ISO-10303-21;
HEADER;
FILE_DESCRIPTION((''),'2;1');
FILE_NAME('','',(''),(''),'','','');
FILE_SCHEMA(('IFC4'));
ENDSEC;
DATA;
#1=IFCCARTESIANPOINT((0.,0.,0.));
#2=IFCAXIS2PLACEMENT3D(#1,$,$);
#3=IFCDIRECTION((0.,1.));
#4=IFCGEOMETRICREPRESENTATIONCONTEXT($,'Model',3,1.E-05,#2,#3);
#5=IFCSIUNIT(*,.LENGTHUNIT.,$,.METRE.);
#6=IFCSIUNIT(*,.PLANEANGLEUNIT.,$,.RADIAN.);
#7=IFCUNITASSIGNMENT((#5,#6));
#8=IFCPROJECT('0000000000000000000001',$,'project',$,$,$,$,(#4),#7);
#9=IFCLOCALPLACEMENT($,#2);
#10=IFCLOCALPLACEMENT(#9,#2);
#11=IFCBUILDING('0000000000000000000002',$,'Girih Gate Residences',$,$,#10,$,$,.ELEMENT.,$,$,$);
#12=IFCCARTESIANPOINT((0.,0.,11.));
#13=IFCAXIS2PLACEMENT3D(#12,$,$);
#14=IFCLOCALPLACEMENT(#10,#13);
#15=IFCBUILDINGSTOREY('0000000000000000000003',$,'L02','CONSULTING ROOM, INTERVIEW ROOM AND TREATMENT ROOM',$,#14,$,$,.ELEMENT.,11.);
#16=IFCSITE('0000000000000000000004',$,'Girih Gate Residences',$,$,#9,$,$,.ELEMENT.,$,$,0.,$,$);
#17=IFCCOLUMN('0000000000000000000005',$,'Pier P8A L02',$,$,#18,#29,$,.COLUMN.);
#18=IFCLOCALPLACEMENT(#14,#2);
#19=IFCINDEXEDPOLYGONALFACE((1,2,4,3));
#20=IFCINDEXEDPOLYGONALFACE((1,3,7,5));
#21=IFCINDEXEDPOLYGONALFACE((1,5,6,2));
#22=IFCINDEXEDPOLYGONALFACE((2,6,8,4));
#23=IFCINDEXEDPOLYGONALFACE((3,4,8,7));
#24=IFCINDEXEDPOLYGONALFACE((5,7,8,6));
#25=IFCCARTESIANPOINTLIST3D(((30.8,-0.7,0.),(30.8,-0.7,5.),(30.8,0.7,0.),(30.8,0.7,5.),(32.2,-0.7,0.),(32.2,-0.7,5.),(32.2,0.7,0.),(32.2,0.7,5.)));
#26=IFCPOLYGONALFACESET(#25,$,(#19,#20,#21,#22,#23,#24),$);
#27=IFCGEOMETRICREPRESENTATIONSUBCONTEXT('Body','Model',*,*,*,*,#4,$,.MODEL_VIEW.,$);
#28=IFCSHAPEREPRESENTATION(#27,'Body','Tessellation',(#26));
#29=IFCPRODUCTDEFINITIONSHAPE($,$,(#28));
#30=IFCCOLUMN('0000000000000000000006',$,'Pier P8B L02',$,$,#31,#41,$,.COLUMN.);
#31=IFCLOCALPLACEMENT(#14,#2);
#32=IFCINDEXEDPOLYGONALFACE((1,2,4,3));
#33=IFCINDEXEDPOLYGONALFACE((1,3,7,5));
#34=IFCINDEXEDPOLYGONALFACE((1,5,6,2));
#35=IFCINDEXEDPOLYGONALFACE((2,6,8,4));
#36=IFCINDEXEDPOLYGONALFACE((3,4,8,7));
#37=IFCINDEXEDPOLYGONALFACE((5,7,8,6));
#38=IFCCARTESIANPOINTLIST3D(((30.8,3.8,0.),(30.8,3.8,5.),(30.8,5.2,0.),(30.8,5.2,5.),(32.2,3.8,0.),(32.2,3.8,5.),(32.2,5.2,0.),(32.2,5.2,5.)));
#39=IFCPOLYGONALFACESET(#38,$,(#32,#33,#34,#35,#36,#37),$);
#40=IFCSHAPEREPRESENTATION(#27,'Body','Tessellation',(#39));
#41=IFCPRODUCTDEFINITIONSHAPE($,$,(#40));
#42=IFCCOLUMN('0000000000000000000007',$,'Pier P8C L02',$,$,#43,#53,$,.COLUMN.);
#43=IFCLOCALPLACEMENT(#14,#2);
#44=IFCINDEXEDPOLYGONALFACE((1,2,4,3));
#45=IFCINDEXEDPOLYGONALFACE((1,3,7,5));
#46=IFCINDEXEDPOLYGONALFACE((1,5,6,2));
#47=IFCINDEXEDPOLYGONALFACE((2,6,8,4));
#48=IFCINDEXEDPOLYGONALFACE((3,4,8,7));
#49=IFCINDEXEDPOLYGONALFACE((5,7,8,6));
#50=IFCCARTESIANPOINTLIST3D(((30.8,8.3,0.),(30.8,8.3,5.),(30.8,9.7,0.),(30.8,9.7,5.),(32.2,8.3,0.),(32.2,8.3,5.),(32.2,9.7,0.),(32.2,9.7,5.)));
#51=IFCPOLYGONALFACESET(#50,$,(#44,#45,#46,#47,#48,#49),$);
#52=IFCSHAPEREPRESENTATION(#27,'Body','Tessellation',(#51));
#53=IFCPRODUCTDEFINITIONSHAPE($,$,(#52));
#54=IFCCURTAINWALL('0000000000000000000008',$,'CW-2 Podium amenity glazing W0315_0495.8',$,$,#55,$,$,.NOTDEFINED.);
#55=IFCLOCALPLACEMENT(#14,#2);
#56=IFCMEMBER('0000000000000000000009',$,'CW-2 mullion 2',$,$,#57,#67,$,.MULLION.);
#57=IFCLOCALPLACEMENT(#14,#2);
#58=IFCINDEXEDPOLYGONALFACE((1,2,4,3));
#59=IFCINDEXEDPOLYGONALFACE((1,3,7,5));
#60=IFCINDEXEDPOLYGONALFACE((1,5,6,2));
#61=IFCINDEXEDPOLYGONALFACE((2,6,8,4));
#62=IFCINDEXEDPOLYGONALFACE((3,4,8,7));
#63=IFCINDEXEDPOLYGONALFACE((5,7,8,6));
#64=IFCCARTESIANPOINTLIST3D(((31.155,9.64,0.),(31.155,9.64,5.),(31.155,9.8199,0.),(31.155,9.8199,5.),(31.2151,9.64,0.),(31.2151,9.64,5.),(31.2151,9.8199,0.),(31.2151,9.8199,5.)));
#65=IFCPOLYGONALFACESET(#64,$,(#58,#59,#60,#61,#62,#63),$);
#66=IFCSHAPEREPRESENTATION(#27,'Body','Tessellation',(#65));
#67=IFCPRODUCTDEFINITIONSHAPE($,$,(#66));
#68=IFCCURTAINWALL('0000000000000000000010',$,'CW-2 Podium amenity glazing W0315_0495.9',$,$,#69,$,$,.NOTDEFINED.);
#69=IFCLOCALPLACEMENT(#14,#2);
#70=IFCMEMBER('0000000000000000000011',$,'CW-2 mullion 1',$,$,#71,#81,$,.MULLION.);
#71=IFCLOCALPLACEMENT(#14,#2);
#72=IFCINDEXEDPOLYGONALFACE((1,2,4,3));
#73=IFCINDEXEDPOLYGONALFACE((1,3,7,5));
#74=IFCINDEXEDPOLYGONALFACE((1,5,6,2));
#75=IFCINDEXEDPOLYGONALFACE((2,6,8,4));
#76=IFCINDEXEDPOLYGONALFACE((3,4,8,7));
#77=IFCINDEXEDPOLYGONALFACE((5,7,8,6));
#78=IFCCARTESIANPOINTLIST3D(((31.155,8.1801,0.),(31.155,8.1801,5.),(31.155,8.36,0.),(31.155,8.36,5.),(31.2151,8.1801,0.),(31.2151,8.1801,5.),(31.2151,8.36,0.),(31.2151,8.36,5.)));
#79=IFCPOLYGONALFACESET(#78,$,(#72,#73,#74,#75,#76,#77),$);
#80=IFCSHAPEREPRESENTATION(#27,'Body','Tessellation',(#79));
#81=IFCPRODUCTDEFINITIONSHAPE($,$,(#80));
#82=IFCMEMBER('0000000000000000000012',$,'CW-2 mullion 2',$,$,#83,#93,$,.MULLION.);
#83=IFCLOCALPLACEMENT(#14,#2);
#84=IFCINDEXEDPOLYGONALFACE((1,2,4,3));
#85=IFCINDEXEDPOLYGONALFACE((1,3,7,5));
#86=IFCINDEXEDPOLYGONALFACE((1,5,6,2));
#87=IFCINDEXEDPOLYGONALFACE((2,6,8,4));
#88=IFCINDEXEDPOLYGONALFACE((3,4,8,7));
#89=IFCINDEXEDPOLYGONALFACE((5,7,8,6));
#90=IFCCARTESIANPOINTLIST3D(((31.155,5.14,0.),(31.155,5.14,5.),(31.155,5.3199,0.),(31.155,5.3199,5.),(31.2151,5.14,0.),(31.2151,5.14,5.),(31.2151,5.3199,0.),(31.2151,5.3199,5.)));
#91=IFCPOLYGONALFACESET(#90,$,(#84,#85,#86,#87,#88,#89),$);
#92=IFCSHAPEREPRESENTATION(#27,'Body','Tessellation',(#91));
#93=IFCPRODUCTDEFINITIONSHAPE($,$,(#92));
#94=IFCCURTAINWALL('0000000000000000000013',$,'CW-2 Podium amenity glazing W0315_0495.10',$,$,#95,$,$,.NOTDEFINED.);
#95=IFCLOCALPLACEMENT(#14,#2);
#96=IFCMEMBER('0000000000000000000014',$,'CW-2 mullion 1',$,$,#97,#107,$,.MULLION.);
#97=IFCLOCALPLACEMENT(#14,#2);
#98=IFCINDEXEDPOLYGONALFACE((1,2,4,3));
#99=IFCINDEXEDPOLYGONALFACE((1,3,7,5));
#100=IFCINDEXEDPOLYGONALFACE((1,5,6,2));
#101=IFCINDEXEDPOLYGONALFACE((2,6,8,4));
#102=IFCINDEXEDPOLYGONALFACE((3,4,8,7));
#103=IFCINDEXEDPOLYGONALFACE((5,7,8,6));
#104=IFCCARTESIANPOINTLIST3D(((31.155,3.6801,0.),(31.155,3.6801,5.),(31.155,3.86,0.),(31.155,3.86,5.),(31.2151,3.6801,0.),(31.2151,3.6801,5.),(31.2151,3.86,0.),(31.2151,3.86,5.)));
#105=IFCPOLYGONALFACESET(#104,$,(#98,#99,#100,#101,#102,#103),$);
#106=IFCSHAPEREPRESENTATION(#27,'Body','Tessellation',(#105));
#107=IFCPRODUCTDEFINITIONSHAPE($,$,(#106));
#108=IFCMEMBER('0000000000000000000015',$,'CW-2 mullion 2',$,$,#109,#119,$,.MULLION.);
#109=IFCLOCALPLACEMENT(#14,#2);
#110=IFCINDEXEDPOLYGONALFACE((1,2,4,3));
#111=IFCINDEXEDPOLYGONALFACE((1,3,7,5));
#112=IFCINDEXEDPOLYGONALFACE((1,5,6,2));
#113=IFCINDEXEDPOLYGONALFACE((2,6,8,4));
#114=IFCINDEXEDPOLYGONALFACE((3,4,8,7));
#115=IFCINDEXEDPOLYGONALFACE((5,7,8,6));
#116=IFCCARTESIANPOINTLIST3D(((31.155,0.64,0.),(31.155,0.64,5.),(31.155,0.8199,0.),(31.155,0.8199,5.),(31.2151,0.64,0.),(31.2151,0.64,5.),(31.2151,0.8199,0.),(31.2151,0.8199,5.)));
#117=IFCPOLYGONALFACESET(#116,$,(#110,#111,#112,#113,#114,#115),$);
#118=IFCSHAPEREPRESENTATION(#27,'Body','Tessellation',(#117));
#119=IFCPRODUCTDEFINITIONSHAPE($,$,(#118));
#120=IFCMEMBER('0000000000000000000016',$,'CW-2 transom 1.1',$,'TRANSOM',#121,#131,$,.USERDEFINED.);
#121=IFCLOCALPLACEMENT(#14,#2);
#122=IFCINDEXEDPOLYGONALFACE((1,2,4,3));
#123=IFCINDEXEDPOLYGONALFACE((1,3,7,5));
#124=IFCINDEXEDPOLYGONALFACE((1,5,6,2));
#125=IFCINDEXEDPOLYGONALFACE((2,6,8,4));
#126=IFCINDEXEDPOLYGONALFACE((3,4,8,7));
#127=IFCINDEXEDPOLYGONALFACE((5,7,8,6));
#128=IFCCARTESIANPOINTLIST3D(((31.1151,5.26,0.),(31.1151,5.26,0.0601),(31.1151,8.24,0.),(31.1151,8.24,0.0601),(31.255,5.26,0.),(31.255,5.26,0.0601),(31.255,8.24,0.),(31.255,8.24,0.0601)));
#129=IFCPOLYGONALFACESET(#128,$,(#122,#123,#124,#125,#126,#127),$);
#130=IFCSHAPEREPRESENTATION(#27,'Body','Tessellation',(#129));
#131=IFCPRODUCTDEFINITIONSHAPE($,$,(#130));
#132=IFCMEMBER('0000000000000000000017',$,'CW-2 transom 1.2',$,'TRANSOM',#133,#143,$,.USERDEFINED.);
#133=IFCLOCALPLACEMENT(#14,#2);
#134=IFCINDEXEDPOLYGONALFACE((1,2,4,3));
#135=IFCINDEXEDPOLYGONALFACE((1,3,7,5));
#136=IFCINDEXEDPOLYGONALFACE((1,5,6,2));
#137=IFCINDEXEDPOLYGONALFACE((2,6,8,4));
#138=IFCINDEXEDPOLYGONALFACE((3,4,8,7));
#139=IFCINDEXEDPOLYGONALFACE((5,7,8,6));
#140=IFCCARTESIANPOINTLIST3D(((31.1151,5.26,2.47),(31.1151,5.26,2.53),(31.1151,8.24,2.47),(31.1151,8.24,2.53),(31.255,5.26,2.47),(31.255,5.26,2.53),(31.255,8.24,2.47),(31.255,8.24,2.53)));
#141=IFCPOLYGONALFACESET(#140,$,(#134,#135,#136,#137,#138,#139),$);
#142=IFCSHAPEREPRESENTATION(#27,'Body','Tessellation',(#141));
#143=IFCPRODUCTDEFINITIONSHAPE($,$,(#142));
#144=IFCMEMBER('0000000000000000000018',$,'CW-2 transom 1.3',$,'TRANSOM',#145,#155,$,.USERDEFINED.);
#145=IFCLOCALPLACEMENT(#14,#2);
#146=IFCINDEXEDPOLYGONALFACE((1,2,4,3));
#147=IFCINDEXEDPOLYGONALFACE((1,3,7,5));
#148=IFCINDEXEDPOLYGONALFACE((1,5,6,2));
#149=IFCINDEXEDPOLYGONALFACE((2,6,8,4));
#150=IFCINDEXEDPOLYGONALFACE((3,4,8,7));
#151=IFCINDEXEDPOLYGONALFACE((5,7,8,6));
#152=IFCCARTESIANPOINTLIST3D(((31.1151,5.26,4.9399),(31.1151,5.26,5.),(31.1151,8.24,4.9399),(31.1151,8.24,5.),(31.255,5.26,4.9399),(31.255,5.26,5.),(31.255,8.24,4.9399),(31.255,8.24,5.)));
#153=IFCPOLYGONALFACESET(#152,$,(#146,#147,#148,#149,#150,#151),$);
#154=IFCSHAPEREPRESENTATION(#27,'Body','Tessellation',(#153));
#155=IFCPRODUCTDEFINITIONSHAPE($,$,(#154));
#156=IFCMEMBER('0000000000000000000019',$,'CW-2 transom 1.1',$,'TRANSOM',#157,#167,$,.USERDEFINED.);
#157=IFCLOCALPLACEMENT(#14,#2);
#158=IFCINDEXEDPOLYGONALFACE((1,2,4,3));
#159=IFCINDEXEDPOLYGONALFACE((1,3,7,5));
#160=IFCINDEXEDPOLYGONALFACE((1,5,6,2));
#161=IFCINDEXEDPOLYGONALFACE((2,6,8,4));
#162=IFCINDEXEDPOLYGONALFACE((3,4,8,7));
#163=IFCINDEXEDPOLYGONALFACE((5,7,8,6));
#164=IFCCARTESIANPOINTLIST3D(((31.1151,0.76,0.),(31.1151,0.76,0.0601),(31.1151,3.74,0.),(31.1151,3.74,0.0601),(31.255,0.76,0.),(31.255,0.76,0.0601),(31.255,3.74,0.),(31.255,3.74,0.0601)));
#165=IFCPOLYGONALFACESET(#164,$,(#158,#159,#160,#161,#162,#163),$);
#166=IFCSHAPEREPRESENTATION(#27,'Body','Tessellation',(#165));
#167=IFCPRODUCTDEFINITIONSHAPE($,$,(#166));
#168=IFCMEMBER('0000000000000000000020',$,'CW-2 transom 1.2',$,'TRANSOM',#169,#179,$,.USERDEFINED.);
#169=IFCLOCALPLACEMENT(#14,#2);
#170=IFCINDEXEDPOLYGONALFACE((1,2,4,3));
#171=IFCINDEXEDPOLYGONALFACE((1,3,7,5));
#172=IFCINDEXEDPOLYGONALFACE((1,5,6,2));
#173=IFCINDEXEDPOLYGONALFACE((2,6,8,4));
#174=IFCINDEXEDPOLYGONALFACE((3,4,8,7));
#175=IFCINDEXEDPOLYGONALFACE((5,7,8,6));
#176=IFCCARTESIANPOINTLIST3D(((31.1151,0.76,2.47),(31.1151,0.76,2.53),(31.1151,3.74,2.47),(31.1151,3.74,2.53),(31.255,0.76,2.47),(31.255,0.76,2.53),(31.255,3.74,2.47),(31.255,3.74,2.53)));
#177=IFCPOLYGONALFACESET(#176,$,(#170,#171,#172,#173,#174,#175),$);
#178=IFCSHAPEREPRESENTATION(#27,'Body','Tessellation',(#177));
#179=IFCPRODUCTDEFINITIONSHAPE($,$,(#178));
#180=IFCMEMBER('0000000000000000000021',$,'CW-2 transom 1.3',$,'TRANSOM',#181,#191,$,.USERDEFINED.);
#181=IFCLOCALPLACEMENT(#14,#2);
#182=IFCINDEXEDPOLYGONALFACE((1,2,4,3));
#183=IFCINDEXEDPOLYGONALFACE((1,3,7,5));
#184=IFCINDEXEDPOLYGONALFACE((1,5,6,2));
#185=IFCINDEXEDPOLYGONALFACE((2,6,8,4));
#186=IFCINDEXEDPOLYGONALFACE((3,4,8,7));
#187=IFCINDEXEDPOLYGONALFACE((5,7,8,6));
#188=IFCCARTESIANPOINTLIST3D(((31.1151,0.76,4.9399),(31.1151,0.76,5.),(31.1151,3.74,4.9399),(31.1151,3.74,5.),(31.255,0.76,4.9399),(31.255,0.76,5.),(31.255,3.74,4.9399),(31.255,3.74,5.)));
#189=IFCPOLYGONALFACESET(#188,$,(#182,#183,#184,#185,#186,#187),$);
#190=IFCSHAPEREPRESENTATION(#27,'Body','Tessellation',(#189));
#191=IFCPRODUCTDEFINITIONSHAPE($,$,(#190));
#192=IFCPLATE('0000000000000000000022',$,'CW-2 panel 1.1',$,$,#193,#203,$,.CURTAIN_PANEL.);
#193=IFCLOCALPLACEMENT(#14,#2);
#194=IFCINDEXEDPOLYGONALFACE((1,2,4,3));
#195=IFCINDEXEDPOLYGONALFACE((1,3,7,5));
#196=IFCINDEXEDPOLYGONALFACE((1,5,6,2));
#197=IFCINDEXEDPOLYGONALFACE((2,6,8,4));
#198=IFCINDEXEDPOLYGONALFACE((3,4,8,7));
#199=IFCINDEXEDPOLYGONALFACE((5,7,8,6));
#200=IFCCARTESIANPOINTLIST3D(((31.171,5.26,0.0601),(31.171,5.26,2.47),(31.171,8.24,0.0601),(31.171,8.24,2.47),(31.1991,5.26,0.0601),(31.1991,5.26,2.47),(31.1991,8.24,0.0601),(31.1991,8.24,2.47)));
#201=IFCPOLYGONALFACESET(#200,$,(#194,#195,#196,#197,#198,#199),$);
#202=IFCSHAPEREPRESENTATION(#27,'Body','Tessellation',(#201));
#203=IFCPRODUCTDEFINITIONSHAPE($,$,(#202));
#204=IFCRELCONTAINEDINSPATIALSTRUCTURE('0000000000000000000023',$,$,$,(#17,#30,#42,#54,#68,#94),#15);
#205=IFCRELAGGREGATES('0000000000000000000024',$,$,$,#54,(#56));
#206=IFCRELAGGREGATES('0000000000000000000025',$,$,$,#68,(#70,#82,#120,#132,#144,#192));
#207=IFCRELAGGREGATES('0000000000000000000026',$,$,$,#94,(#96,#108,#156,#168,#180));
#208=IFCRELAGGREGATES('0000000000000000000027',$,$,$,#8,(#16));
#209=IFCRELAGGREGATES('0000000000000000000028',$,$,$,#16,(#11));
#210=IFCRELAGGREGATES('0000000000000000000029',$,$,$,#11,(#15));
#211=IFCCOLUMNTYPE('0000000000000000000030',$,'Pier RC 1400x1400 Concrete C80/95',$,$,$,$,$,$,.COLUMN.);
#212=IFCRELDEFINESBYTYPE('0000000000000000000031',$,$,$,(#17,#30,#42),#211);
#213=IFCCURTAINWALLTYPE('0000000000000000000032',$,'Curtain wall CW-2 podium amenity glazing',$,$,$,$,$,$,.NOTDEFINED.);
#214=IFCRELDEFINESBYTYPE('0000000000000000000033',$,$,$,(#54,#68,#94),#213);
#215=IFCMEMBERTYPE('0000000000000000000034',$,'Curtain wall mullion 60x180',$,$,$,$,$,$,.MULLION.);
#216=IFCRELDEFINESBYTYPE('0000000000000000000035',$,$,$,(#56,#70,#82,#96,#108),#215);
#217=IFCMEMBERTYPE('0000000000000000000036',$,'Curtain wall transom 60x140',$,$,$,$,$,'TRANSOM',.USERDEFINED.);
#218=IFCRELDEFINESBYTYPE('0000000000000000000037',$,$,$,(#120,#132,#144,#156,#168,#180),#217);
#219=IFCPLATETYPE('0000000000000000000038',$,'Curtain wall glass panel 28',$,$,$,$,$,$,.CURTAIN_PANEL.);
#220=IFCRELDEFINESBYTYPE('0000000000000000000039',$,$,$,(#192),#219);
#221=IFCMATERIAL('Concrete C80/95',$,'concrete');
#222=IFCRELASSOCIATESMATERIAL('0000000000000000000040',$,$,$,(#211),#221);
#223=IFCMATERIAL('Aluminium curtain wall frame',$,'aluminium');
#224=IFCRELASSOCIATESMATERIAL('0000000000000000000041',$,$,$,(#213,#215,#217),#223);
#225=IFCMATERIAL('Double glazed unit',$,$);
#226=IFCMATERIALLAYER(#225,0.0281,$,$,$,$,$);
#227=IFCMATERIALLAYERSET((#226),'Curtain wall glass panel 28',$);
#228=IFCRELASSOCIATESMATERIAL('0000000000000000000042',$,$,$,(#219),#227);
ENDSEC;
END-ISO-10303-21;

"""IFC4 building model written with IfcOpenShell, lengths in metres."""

from ifc_helpers import new_model, si_unit, direction, frame, origin, origin_2d, place, context, subcontext, project, spatial, rectangle, extrude, material, layer, layer_set, material_profile, profile_set, type_object, element, aggregate, save


model = new_model("IFC4")

# Units and contexts
model_context = context("Model", 3, precision=1e-05, world=origin(), true_north=direction((0.0, 1.0)))
body_context = subcontext(model_context, "Body", "Model", "MODEL_VIEW")
ifc_project = project(units=[si_unit("LENGTHUNIT", "METRE"), si_unit("PLANEANGLEUNIT", "RADIAN")], contexts=[model_context])

# Site, building, storey
site_placement = place(None, origin())
site = spatial("IfcSite", under=ifc_project, at=site_placement, Name="Girih Gate Residences", CompositionType="ELEMENT", RefElevation=0.0)
building_placement = place(site_placement, origin())
building = spatial("IfcBuilding", under=site, at=building_placement, Name="Girih Gate Residences", CompositionType="ELEMENT")
storey_placement = place(building_placement, frame((0.0, 0.0, 11.0)))
storey = spatial("IfcBuildingStorey", under=building, at=storey_placement, Name="L02", Description="CONSULTING ROOM, INTERVIEW ROOM AND TREATMENT ROOM", CompositionType="ELEMENT", Elevation=11.0)

# Columns
ifc_material_1 = material(Name="Concrete C80/95", Category="concrete")
ifc_material_profile_1 = material_profile(ifc_material_1, rectangle(XDim=1.3999, YDim=1.3999, at=origin_2d()))
ifc_profile_set_1 = profile_set([ifc_material_profile_1], Name="Concrete C80/95")
column_type = type_object("IfcColumnType", Name="Pier RC 1400x1400 Concrete C80/95", PredefinedType="COLUMN", material=ifc_profile_set_1)
for number, where, z_axis, x_axis, name in (
    (1, (31.5, 0.0, 0.0), (0.0, 0.0, 1.0), (1.0, 0.0, 0.0), "Pier P8A L02"),
    (2, (31.5, 4.5, 0.0), (0.0, 0.0, 1.0), (1.0, 0.0, 0.0), "Pier P8B L02"),
    (3, (31.5, 9.0, 0.0), (0.0, 0.0, 1.0), (1.0, 0.0, 0.0), "Pier P8C L02"),
):
    element("IfcColumn", number, at=place(storey_placement, frame(where, z_axis=z_axis, x_axis=x_axis)), inside=storey, type_object=column_type, Name=name, PredefinedType="COLUMN", context=body_context, shape_type="SweptSolid", body=[
        extrude(rectangle(XDim=1.3999, YDim=1.3999, at=origin_2d()), origin(), (0.0, 0.0, 1.0), 5.0),
    ])

# Curtain wall, member
ifc_material_2 = material(Name="Aluminium curtain wall frame", Category="aluminium")
curtain_wall_type = type_object("IfcCurtainWallType", Name="Curtain wall CW-2 podium amenity glazing", PredefinedType="NOTDEFINED", material=ifc_material_2)
curtain_wall_1_placement = place(storey_placement, origin())
curtain_wall_1 = element("IfcCurtainWall", 4, at=curtain_wall_1_placement, inside=storey, type_object=curtain_wall_type, Name="CW-2 Podium amenity glazing W0315_0495.8", PredefinedType="NOTDEFINED")
ifc_material_profile_2 = material_profile(ifc_material_2, rectangle(XDim=0.0601, YDim=0.1799, at=origin_2d()))
ifc_profile_set_2 = profile_set([ifc_material_profile_2], Name="Aluminium curtain wall frame")
member_type_1 = type_object("IfcMemberType", Name="Curtain wall mullion 60x180", PredefinedType="MULLION", material=ifc_profile_set_2)
member_1_placement = place(storey_placement, frame((31.1851, 9.73, 0.0), z_axis=(0.0, 0.0, 1.0), x_axis=(1.0, 0.0, 0.0)))
member_1 = element("IfcMember", 5, at=member_1_placement, type_object=member_type_1, Name="CW-2 mullion 2", PredefinedType="MULLION", context=body_context, shape_type="SweptSolid", body=[
    extrude(rectangle(XDim=0.0601, YDim=0.1799, at=origin_2d()), origin(), (0.0, 0.0, 1.0), 5.0),
])
aggregate(curtain_wall_1, [member_1])

# Curtain walls, members
curtain_wall_2_placement = place(storey_placement, origin())
curtain_wall_2 = element("IfcCurtainWall", 6, at=curtain_wall_2_placement, inside=storey, type_object=curtain_wall_type, Name="CW-2 Podium amenity glazing W0315_0495.9", PredefinedType="NOTDEFINED")
member_2_placement = place(storey_placement, frame((31.1851, 8.27, 0.0), z_axis=(0.0, 0.0, 1.0), x_axis=(1.0, 0.0, 0.0)))
member_2 = element("IfcMember", 7, at=member_2_placement, type_object=member_type_1, Name="CW-2 mullion 1", PredefinedType="MULLION", context=body_context, shape_type="SweptSolid", body=[
    extrude(rectangle(XDim=0.0601, YDim=0.1799, at=origin_2d()), origin(), (0.0, 0.0, 1.0), 5.0),
])
member_3_placement = place(storey_placement, frame((31.1851, 5.23, 0.0), z_axis=(0.0, 0.0, 1.0), x_axis=(1.0, 0.0, 0.0)))
member_3 = element("IfcMember", 8, at=member_3_placement, type_object=member_type_1, Name="CW-2 mullion 2", PredefinedType="MULLION", context=body_context, shape_type="SweptSolid", body=[
    extrude(rectangle(XDim=0.0601, YDim=0.1799, at=origin_2d()), origin(), (0.0, 0.0, 1.0), 5.0),
])
curtain_wall_3_placement = place(storey_placement, origin())
curtain_wall_3 = element("IfcCurtainWall", 9, at=curtain_wall_3_placement, inside=storey, type_object=curtain_wall_type, Name="CW-2 Podium amenity glazing W0315_0495.10", PredefinedType="NOTDEFINED")
member_4_placement = place(storey_placement, frame((31.1851, 3.77, 0.0), z_axis=(0.0, 0.0, 1.0), x_axis=(1.0, 0.0, 0.0)))
member_4 = element("IfcMember", 10, at=member_4_placement, type_object=member_type_1, Name="CW-2 mullion 1", PredefinedType="MULLION", context=body_context, shape_type="SweptSolid", body=[
    extrude(rectangle(XDim=0.0601, YDim=0.1799, at=origin_2d()), origin(), (0.0, 0.0, 1.0), 5.0),
])
member_5_placement = place(storey_placement, frame((31.1851, 0.73, 0.0), z_axis=(0.0, 0.0, 1.0), x_axis=(1.0, 0.0, 0.0)))
member_5 = element("IfcMember", 11, at=member_5_placement, type_object=member_type_1, Name="CW-2 mullion 2", PredefinedType="MULLION", context=body_context, shape_type="SweptSolid", body=[
    extrude(rectangle(XDim=0.0601, YDim=0.1799, at=origin_2d()), origin(), (0.0, 0.0, 1.0), 5.0),
])

# Members
ifc_material_profile_3 = material_profile(ifc_material_2, rectangle(XDim=0.1399, YDim=0.0601, at=origin_2d()))
ifc_profile_set_3 = profile_set([ifc_material_profile_3], Name="Aluminium curtain wall frame")
member_type_2 = type_object("IfcMemberType", Name="Curtain wall transom 60x140", ElementType="TRANSOM", PredefinedType="USERDEFINED", material=ifc_profile_set_3)
member_6_placement = place(storey_placement, frame((31.1851, 8.24, 0.03), z_axis=(0.0, -1.0, 0.0), x_axis=(1.0, 0.0, 0.0)))
member_6 = element("IfcMember", 12, at=member_6_placement, type_object=member_type_2, Name="CW-2 transom 1.1", ObjectType="TRANSOM", PredefinedType="USERDEFINED", context=body_context, shape_type="SweptSolid", body=[
    extrude(rectangle(XDim=0.1399, YDim=0.0601, at=origin_2d()), origin(), (0.0, 0.0, 1.0), 2.98),
])
member_7_placement = place(storey_placement, frame((31.1851, 8.24, 2.5), z_axis=(0.0, -1.0, 0.0), x_axis=(1.0, 0.0, 0.0)))
member_7 = element("IfcMember", 13, at=member_7_placement, type_object=member_type_2, Name="CW-2 transom 1.2", ObjectType="TRANSOM", PredefinedType="USERDEFINED", context=body_context, shape_type="SweptSolid", body=[
    extrude(rectangle(XDim=0.1399, YDim=0.0601, at=origin_2d()), origin(), (0.0, 0.0, 1.0), 2.98),
])
member_8_placement = place(storey_placement, frame((31.1851, 8.24, 4.97), z_axis=(0.0, -1.0, 0.0), x_axis=(1.0, 0.0, 0.0)))
member_8 = element("IfcMember", 14, at=member_8_placement, type_object=member_type_2, Name="CW-2 transom 1.3", ObjectType="TRANSOM", PredefinedType="USERDEFINED", context=body_context, shape_type="SweptSolid", body=[
    extrude(rectangle(XDim=0.1399, YDim=0.0601, at=origin_2d()), origin(), (0.0, 0.0, 1.0), 2.98),
])
member_9_placement = place(storey_placement, frame((31.1851, 3.74, 0.03), z_axis=(0.0, -1.0, 0.0), x_axis=(1.0, 0.0, 0.0)))
member_9 = element("IfcMember", 15, at=member_9_placement, type_object=member_type_2, Name="CW-2 transom 1.1", ObjectType="TRANSOM", PredefinedType="USERDEFINED", context=body_context, shape_type="SweptSolid", body=[
    extrude(rectangle(XDim=0.1399, YDim=0.0601, at=origin_2d()), origin(), (0.0, 0.0, 1.0), 2.98),
])
member_10_placement = place(storey_placement, frame((31.1851, 3.74, 2.5), z_axis=(0.0, -1.0, 0.0), x_axis=(1.0, 0.0, 0.0)))
member_10 = element("IfcMember", 16, at=member_10_placement, type_object=member_type_2, Name="CW-2 transom 1.2", ObjectType="TRANSOM", PredefinedType="USERDEFINED", context=body_context, shape_type="SweptSolid", body=[
    extrude(rectangle(XDim=0.1399, YDim=0.0601, at=origin_2d()), origin(), (0.0, 0.0, 1.0), 2.98),
])
member_11_placement = place(storey_placement, frame((31.1851, 3.74, 4.97), z_axis=(0.0, -1.0, 0.0), x_axis=(1.0, 0.0, 0.0)))
member_11 = element("IfcMember", 17, at=member_11_placement, type_object=member_type_2, Name="CW-2 transom 1.3", ObjectType="TRANSOM", PredefinedType="USERDEFINED", context=body_context, shape_type="SweptSolid", body=[
    extrude(rectangle(XDim=0.1399, YDim=0.0601, at=origin_2d()), origin(), (0.0, 0.0, 1.0), 2.98),
])

# Plate
ifc_material_3 = material(Name="Double glazed unit")
ifc_layer_1 = layer(ifc_material_3, 0.0281)
ifc_layer_set_1 = layer_set([ifc_layer_1], Name="Curtain wall glass panel 28")
plate_type = type_object("IfcPlateType", Name="Curtain wall glass panel 28", PredefinedType="CURTAIN_PANEL", material=ifc_layer_set_1)
plate_1_placement = place(storey_placement, frame((31.1851, 6.75, 0.0601), z_axis=(0.0, 0.0, 1.0), x_axis=(0.0, -1.0, 0.0)))
plate_1 = element("IfcPlate", 18, at=plate_1_placement, type_object=plate_type, Name="CW-2 panel 1.1", PredefinedType="CURTAIN_PANEL", context=body_context, shape_type="SweptSolid", body=[
    extrude(rectangle(XDim=2.98, YDim=0.0281, at=origin_2d()), origin(), (0.0, 0.0, 1.0), 2.4099),
])
aggregate(curtain_wall_2, [member_2, member_3, member_6, member_7, member_8, plate_1])
aggregate(curtain_wall_3, [member_4, member_5, member_9, member_10, member_11])

save(model, "model.ifc")
